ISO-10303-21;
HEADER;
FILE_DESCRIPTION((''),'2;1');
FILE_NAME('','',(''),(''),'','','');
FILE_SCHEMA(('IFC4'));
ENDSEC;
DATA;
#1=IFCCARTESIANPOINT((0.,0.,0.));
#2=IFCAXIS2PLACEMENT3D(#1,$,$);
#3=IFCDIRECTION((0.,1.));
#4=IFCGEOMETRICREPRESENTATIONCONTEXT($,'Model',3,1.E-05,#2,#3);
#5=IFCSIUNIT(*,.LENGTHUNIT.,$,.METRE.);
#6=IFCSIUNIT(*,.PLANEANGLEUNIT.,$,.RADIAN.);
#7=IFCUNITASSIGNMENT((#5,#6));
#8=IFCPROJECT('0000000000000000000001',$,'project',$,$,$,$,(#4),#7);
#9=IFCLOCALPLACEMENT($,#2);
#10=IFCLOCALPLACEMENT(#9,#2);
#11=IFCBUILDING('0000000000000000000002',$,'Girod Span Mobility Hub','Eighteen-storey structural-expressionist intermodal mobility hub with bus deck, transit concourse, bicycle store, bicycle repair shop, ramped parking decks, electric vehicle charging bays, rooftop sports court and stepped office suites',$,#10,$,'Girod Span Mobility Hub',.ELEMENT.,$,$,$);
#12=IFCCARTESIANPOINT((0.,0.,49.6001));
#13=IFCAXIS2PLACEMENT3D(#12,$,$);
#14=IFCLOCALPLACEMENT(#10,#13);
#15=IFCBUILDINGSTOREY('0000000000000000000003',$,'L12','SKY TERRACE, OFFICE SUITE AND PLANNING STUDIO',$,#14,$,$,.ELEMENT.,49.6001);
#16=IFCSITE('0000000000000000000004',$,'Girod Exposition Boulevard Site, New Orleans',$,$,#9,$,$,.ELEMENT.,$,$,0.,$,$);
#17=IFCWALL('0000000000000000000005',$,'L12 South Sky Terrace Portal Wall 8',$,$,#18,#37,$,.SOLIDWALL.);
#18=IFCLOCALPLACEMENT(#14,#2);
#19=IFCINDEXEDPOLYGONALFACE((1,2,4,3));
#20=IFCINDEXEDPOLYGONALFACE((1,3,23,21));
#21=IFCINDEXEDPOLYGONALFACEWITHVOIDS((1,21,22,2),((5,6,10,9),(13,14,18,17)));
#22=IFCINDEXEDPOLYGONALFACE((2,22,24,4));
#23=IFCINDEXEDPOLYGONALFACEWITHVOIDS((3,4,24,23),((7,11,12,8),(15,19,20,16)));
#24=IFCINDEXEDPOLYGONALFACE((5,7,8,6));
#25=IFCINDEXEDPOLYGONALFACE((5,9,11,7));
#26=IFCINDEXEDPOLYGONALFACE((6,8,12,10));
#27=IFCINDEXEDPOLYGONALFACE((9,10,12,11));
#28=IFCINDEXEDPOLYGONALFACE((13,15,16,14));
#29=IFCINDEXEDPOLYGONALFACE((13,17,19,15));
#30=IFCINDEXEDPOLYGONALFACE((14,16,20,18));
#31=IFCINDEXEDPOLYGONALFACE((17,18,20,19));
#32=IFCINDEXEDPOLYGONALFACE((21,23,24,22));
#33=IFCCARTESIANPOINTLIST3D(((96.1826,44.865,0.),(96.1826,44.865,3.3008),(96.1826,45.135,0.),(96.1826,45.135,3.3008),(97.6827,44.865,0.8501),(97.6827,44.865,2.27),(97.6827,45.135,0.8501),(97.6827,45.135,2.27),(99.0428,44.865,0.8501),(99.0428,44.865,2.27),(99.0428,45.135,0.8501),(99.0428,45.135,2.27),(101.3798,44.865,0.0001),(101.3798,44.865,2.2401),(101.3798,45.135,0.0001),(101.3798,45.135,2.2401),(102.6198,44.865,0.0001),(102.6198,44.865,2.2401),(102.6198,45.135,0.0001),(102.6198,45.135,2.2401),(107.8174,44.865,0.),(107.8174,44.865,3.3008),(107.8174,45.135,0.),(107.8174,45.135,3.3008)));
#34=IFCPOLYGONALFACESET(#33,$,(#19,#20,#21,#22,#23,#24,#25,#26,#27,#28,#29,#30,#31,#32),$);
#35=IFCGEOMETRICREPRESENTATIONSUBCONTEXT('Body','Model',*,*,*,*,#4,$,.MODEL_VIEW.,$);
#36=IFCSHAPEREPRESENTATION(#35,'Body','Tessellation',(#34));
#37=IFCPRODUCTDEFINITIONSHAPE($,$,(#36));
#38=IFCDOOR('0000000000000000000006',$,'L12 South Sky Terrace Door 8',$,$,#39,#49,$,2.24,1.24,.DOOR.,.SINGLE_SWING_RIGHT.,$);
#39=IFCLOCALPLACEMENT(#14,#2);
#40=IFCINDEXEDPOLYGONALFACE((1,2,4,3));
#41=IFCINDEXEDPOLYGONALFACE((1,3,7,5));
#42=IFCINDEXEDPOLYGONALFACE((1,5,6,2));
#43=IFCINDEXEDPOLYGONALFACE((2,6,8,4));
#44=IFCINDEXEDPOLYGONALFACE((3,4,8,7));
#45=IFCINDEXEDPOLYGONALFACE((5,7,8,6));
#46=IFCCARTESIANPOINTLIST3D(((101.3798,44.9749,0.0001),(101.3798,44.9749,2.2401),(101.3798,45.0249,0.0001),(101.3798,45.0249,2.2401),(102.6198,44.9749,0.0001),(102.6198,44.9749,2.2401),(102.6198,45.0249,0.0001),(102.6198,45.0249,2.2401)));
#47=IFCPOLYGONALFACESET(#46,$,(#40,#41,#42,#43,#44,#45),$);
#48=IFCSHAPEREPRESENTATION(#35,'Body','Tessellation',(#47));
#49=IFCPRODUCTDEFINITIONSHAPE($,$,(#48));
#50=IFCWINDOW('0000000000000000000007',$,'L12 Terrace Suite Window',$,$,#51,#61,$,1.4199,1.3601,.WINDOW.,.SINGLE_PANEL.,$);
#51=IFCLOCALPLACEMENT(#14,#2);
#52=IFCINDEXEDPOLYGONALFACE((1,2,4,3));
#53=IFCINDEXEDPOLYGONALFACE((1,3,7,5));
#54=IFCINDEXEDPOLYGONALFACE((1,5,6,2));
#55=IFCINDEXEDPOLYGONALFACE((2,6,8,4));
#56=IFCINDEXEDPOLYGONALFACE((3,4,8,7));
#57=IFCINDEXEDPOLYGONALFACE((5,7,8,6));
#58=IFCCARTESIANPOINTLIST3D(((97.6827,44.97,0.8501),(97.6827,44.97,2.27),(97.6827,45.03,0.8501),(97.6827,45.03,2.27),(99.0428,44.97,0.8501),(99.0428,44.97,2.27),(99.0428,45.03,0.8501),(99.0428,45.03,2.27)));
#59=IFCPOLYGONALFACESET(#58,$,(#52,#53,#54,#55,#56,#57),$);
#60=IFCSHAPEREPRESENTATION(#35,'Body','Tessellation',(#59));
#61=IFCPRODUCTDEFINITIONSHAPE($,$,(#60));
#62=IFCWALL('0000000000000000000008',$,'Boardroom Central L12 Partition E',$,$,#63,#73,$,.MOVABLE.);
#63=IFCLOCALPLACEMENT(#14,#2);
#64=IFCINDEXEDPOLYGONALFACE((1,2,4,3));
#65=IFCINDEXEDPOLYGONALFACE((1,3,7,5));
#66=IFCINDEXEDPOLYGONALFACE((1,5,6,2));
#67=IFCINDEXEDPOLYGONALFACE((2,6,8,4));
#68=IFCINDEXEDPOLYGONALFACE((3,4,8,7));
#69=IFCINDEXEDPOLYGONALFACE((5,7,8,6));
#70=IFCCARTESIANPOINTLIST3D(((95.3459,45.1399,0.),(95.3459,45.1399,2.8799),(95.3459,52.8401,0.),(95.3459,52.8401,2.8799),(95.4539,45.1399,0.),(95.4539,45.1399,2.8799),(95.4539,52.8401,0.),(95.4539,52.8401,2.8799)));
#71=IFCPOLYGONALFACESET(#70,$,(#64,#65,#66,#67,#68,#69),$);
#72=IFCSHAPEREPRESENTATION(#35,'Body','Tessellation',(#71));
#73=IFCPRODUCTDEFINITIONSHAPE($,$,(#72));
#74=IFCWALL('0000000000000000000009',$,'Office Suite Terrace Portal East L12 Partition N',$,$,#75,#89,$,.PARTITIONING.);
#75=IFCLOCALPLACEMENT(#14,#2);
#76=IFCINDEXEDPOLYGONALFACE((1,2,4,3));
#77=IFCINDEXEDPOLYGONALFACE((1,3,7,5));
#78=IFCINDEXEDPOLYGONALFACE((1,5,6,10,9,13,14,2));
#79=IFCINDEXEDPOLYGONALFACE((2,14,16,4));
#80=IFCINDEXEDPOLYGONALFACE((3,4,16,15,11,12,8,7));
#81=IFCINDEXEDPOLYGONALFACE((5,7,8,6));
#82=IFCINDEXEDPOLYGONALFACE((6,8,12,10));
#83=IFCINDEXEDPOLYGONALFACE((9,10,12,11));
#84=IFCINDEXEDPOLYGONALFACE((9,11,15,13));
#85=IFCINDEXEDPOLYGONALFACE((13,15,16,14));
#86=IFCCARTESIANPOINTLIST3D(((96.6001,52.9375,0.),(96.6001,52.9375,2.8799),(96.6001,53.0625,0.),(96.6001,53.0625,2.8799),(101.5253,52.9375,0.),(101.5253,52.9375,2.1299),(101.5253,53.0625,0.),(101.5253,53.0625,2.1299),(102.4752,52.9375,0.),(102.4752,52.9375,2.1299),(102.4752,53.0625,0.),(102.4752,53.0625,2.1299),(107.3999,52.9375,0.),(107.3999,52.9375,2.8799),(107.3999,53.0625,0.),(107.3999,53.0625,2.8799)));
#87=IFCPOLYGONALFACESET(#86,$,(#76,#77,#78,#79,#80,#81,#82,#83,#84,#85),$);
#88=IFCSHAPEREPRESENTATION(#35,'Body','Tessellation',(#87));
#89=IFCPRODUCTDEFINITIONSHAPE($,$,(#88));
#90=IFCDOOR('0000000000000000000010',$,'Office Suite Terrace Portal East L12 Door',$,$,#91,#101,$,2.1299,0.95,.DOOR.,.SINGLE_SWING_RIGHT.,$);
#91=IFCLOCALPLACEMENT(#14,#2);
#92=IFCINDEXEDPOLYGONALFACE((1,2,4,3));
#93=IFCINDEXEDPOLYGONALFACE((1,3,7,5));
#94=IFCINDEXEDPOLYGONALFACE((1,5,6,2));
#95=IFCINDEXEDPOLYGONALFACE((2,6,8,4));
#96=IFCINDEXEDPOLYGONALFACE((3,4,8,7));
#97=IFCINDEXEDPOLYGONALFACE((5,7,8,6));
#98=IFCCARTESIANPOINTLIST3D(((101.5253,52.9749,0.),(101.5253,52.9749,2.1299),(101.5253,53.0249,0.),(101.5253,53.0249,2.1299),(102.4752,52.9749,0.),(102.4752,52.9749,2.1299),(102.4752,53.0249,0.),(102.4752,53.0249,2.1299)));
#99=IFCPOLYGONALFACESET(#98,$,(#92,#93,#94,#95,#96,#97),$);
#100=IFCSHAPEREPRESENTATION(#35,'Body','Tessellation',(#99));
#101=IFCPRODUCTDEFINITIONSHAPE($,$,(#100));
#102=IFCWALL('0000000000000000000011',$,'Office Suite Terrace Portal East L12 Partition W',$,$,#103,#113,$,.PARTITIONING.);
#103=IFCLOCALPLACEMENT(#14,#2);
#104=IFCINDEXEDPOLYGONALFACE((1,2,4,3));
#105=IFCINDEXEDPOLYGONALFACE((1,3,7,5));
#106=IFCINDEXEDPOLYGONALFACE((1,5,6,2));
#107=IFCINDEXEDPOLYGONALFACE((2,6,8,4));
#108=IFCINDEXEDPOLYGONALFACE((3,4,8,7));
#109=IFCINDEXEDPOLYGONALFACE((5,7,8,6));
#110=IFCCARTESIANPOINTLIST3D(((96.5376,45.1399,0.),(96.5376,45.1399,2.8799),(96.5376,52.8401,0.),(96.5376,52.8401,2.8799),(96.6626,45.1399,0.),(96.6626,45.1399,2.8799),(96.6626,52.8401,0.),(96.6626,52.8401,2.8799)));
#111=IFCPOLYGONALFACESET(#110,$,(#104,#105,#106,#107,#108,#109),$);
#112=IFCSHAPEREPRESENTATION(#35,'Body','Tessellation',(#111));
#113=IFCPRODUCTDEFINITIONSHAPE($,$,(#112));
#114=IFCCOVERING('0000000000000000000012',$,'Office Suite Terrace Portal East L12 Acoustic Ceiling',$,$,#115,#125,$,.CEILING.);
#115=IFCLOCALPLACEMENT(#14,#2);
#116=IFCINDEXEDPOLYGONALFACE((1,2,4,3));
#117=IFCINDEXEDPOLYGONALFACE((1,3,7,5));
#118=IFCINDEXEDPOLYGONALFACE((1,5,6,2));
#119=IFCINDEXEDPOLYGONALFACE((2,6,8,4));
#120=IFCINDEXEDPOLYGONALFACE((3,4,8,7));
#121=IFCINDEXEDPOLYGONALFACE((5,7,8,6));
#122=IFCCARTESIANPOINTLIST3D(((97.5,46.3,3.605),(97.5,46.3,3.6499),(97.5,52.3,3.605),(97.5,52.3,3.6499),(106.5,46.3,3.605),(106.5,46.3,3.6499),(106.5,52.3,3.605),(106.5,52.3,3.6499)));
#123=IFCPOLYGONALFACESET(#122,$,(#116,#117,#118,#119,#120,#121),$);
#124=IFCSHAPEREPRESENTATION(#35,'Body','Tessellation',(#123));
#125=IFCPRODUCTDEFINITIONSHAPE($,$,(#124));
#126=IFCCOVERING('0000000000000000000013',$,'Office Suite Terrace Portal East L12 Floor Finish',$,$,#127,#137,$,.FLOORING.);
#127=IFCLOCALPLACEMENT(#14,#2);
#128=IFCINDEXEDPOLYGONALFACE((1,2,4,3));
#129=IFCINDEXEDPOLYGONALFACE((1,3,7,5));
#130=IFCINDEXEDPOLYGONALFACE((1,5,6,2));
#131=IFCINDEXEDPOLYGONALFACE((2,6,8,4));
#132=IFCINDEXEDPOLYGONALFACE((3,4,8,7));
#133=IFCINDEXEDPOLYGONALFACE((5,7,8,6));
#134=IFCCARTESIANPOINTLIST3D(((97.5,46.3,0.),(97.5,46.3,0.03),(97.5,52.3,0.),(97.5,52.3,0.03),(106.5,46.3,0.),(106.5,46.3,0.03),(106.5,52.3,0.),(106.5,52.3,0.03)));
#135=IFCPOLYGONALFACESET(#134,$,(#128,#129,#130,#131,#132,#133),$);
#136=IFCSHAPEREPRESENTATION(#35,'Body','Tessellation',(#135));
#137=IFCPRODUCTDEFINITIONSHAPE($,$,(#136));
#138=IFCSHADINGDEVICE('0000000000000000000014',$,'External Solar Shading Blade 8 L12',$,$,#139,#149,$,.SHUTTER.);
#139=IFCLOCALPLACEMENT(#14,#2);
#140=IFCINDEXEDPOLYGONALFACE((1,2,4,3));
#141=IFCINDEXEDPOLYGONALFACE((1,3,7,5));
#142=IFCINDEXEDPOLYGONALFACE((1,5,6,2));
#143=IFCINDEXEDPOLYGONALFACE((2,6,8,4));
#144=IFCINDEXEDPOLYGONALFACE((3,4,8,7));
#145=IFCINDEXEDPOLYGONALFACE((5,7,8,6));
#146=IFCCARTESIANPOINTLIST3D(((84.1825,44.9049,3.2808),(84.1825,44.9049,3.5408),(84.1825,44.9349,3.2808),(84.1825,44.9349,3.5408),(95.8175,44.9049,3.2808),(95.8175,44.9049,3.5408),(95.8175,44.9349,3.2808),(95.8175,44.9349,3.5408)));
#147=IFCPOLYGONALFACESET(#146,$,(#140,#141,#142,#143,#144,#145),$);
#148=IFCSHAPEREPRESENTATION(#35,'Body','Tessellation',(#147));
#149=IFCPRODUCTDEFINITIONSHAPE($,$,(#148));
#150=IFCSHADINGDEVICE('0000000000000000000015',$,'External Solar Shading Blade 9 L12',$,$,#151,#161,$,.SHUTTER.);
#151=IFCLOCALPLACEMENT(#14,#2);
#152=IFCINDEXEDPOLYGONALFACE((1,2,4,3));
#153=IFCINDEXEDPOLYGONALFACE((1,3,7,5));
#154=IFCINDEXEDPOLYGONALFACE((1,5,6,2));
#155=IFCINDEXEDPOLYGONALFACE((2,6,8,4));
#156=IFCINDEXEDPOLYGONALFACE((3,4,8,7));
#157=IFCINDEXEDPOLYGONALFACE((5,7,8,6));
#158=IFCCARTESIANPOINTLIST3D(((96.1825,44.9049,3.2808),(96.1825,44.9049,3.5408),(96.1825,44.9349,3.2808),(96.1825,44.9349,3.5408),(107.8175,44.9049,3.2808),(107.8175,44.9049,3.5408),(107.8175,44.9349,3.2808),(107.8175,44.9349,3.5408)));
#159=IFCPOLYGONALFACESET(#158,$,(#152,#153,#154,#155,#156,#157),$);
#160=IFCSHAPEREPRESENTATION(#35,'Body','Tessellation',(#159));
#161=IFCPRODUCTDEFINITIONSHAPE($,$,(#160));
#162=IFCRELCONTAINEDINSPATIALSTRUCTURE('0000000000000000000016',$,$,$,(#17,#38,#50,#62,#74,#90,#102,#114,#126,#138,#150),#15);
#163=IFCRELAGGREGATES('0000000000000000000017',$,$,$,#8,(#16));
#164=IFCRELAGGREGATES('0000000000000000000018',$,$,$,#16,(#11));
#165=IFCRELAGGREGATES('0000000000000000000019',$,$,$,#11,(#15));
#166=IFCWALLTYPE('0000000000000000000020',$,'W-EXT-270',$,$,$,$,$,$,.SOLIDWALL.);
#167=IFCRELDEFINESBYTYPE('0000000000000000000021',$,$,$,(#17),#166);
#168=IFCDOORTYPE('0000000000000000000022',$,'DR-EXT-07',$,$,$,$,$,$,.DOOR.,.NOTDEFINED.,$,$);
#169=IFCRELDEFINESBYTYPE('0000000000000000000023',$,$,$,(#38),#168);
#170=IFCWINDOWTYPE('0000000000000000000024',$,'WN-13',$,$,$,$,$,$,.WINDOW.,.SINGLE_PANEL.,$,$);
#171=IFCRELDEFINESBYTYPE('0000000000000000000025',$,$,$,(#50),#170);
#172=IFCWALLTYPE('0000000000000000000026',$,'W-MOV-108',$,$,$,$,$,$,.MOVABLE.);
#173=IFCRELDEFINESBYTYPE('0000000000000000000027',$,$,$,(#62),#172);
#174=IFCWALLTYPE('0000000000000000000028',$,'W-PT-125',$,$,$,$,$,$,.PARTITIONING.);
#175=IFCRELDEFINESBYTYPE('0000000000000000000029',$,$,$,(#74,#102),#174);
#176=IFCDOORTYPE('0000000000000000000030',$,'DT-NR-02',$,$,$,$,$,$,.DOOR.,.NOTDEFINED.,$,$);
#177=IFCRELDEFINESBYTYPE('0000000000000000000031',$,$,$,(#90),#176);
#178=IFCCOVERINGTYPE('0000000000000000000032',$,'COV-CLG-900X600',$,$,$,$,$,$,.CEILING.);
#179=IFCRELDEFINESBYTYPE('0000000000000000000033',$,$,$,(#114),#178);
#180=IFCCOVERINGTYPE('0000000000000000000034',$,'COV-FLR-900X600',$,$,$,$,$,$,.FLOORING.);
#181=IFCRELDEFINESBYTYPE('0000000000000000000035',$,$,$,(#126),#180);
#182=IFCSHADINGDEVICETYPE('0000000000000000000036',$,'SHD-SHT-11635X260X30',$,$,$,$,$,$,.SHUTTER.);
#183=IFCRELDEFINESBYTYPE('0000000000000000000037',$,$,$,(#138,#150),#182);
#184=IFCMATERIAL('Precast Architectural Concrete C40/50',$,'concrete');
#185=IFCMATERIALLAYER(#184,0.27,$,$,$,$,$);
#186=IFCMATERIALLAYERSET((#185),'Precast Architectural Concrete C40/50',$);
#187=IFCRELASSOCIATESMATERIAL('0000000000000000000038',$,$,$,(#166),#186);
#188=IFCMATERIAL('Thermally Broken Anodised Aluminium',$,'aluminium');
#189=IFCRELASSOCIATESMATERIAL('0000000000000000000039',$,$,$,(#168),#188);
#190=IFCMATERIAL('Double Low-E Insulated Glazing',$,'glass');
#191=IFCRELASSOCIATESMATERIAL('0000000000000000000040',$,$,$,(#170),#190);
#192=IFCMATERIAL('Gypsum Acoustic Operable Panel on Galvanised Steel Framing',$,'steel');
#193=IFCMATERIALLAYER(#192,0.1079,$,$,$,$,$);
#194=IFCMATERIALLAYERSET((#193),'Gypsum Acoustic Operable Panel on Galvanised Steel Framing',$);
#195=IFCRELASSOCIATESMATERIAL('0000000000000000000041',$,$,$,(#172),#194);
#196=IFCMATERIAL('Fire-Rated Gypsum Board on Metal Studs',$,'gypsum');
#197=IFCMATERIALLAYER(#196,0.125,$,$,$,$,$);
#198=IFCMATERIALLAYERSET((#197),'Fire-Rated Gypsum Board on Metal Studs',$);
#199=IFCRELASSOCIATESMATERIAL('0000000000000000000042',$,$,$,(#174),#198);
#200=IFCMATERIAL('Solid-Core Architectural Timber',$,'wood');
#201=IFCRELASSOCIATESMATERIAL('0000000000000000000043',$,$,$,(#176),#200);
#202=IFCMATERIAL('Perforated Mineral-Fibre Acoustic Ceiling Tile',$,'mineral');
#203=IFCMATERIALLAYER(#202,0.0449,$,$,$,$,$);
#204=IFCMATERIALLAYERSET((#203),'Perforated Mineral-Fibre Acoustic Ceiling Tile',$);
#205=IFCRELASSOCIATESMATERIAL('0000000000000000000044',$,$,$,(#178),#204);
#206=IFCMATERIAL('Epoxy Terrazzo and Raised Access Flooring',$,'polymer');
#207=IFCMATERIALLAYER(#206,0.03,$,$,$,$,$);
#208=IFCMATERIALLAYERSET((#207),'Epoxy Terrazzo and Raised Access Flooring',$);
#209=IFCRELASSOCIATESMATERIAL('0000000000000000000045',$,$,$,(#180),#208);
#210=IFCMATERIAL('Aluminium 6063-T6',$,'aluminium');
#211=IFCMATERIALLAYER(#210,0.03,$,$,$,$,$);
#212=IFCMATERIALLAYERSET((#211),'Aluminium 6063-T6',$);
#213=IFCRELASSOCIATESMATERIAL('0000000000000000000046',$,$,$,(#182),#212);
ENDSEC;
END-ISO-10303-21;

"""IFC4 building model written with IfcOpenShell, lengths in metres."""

from ifc_helpers import new_model, si_unit, direction, frame, frame_2d, origin, origin_2d, place, context, subcontext, project, spatial, rectangle, extrude, material, layer, layer_set, type_object, element, fill, save


model = new_model("IFC4")

# Units and contexts
model_context = context("Model", 3, precision=1e-05, world=origin(), true_north=direction((0.0, 1.0)))
body_context = subcontext(model_context, "Body", "Model", "MODEL_VIEW")
ifc_project = project(units=[si_unit("LENGTHUNIT", "METRE"), si_unit("PLANEANGLEUNIT", "RADIAN")], contexts=[model_context])

# Site, building, storey
site_placement = place(None, origin())
site = spatial("IfcSite", under=ifc_project, at=site_placement, Name="Girod Exposition Boulevard Site, New Orleans", CompositionType="ELEMENT", RefElevation=0.0)
building_placement = place(site_placement, origin())
building = spatial("IfcBuilding", under=site, at=building_placement, Name="Girod Span Mobility Hub", Description="Eighteen-storey structural-expressionist intermodal mobility hub with bus deck, transit concourse, bicycle store, bicycle repair shop, ramped parking decks, electric vehicle charging bays, rooftop sports court and stepped office suites", LongName="Girod Span Mobility Hub", CompositionType="ELEMENT")
storey_placement = place(building_placement, frame((0.0, 0.0, 49.6001)))
storey = spatial("IfcBuildingStorey", under=building, at=storey_placement, Name="L12", Description="SKY TERRACE, OFFICE SUITE AND PLANNING STUDIO", CompositionType="ELEMENT", Elevation=49.6001)

# Wall, openings, door, window
ifc_material_1 = material(Name="Precast Architectural Concrete C40/50", Category="concrete")
ifc_layer_1 = layer(ifc_material_1, 0.27)
ifc_layer_set_1 = layer_set([ifc_layer_1], Name="Precast Architectural Concrete C40/50")
wall_type_1 = type_object("IfcWallType", Name="W-EXT-270", PredefinedType="SOLIDWALL", material=ifc_layer_set_1)
wall_1_placement = place(storey_placement, frame((96.1826, 45.0, 0.0), z_axis=(0.0, 0.0, 1.0), x_axis=(1.0, 0.0, 0.0)))
wall_1 = element("IfcWall", 1, at=wall_1_placement, inside=storey, type_object=wall_type_1, Name="L12 South Sky Terrace Portal Wall 8", PredefinedType="SOLIDWALL", context=body_context, shape_type="SweptSolid", body=[
    extrude(rectangle(XDim=11.6348, YDim=0.27, at=frame_2d((5.8174, 0.0))), origin(), (0.0, 0.0, 1.0), 3.3008),
])
opening_1_placement = place(wall_1_placement, frame((5.197, 0.0, 0.0)))
opening_1 = element("IfcOpeningElement", 2, at=opening_1_placement, cuts=wall_1, PredefinedType="OPENING", context=body_context, shape_type="SweptSolid", body=[
    extrude(rectangle(XDim=1.24, YDim=2.24, at=frame_2d((0.6201, 1.1201))), frame((0.0, 0.1499, 0.0), z_axis=(0.0, -1.0, 0.0), x_axis=(1.0, 0.0, 0.0)), (0.0, 0.0, 1.0), 0.3),
])
opening_2_placement = place(wall_1_placement, frame((1.5, 0.0, 0.8501)))
opening_2 = element("IfcOpeningElement", 3, at=opening_2_placement, cuts=wall_1, PredefinedType="OPENING", context=body_context, shape_type="SweptSolid", body=[
    extrude(rectangle(XDim=1.3601, YDim=1.4199, at=frame_2d((0.6802, 0.71))), frame((0.0, 0.1499, 0.0), z_axis=(0.0, -1.0, 0.0), x_axis=(1.0, 0.0, 0.0)), (0.0, 0.0, 1.0), 0.3),
])
ifc_material_2 = material(Name="Thermally Broken Anodised Aluminium", Category="aluminium")
door_type_1 = type_object("IfcDoorType", Name="DR-EXT-07", OperationType="NOTDEFINED", PredefinedType="DOOR", material=ifc_material_2)
door_1_placement = place(opening_1_placement, origin())
door_1 = element("IfcDoor", 4, at=door_1_placement, inside=storey, type_object=door_type_1, Name="L12 South Sky Terrace Door 8", OperationType="SINGLE_SWING_RIGHT", OverallHeight=2.24, OverallWidth=1.24, PredefinedType="DOOR", context=body_context, shape_type="SweptSolid", body=[
    extrude(rectangle(XDim=1.24, YDim=2.24, at=frame_2d((0.6201, 1.1201))), frame((0.0, 0.0249, 0.0), z_axis=(0.0, -1.0, 0.0), x_axis=(1.0, 0.0, 0.0)), (0.0, 0.0, 1.0), 0.05),
])
fill(opening_1, door_1)
ifc_material_3 = material(Name="Double Low-E Insulated Glazing", Category="glass")
window_type = type_object("IfcWindowType", Name="WN-13", PartitioningType="SINGLE_PANEL", PredefinedType="WINDOW", material=ifc_material_3)
window_placement = place(opening_2_placement, origin())
window = element("IfcWindow", 5, at=window_placement, inside=storey, type_object=window_type, Name="L12 Terrace Suite Window", OverallHeight=1.4199, OverallWidth=1.3601, PartitioningType="SINGLE_PANEL", PredefinedType="WINDOW", context=body_context, shape_type="SweptSolid", body=[
    extrude(rectangle(XDim=1.3601, YDim=1.4199, at=frame_2d((0.6802, 0.71))), frame((0.0, 0.03, 0.0), z_axis=(0.0, -1.0, 0.0), x_axis=(1.0, 0.0, 0.0)), (0.0, 0.0, 1.0), 0.0601),
])
fill(opening_2, window)

# Wall
ifc_material_4 = material(Name="Gypsum Acoustic Operable Panel on Galvanised Steel Framing", Category="steel")
ifc_layer_2 = layer(ifc_material_4, 0.1079)
ifc_layer_set_2 = layer_set([ifc_layer_2], Name="Gypsum Acoustic Operable Panel on Galvanised Steel Framing")
wall_type_2 = type_object("IfcWallType", Name="W-MOV-108", PredefinedType="MOVABLE", material=ifc_layer_set_2)
wall_2_placement = place(storey_placement, frame((95.3999, 45.1399, 0.0), z_axis=(0.0, 0.0, 1.0), x_axis=(0.0, 1.0, 0.0)))
element("IfcWall", 6, at=wall_2_placement, inside=storey, type_object=wall_type_2, Name="Boardroom Central L12 Partition E", PredefinedType="MOVABLE", context=body_context, shape_type="SweptSolid", body=[
    extrude(rectangle(XDim=7.7002, YDim=0.1079, at=frame_2d((3.8501, 0.0))), origin(), (0.0, 0.0, 1.0), 2.8799),
])

# Wall, opening, door
ifc_material_5 = material(Name="Fire-Rated Gypsum Board on Metal Studs", Category="gypsum")
ifc_layer_3 = layer(ifc_material_5, 0.125)
ifc_layer_set_3 = layer_set([ifc_layer_3], Name="Fire-Rated Gypsum Board on Metal Studs")
wall_type_3 = type_object("IfcWallType", Name="W-PT-125", PredefinedType="PARTITIONING", material=ifc_layer_set_3)
wall_3_placement = place(storey_placement, frame((96.6001, 53.0, 0.0), z_axis=(0.0, 0.0, 1.0), x_axis=(1.0, 0.0, 0.0)))
wall_3 = element("IfcWall", 7, at=wall_3_placement, inside=storey, type_object=wall_type_3, Name="Office Suite Terrace Portal East L12 Partition N", PredefinedType="PARTITIONING", context=body_context, shape_type="SweptSolid", body=[
    extrude(rectangle(XDim=10.7998, YDim=0.125, at=frame_2d((5.3999, 0.0))), origin(), (0.0, 0.0, 1.0), 2.8799),
])
opening_3_placement = place(wall_3_placement, frame((4.925, 0.0, 0.0)))
opening_3 = element("IfcOpeningElement", 8, at=opening_3_placement, cuts=wall_3, PredefinedType="OPENING", context=body_context, shape_type="SweptSolid", body=[
    extrude(rectangle(XDim=0.95, YDim=2.1299, at=frame_2d((0.4751, 1.0649))), frame((0.0, 0.0774, 0.0), z_axis=(0.0, -1.0, 0.0), x_axis=(1.0, 0.0, 0.0)), (0.0, 0.0, 1.0), 0.155),
])
ifc_material_6 = material(Name="Solid-Core Architectural Timber", Category="wood")
door_type_2 = type_object("IfcDoorType", Name="DT-NR-02", OperationType="NOTDEFINED", PredefinedType="DOOR", material=ifc_material_6)
door_2_placement = place(opening_3_placement, origin())
door_2 = element("IfcDoor", 9, at=door_2_placement, inside=storey, type_object=door_type_2, Name="Office Suite Terrace Portal East L12 Door", OperationType="SINGLE_SWING_RIGHT", OverallHeight=2.1299, OverallWidth=0.95, PredefinedType="DOOR", context=body_context, shape_type="SweptSolid", body=[
    extrude(rectangle(XDim=0.95, YDim=2.1299, at=frame_2d((0.4751, 1.0649))), frame((0.0, 0.0249, 0.0), z_axis=(0.0, -1.0, 0.0), x_axis=(1.0, 0.0, 0.0)), (0.0, 0.0, 1.0), 0.05),
])
fill(opening_3, door_2)

# Wall
wall_4_placement = place(storey_placement, frame((96.6001, 45.1399, 0.0), z_axis=(0.0, 0.0, 1.0), x_axis=(0.0, 1.0, 0.0)))
element("IfcWall", 10, at=wall_4_placement, inside=storey, type_object=wall_type_3, Name="Office Suite Terrace Portal East L12 Partition W", PredefinedType="PARTITIONING", context=body_context, shape_type="SweptSolid", body=[
    extrude(rectangle(XDim=7.7002, YDim=0.125, at=frame_2d((3.8501, 0.0))), origin(), (0.0, 0.0, 1.0), 2.8799),
])

# Coverings
ifc_material_7 = material(Name="Perforated Mineral-Fibre Acoustic Ceiling Tile", Category="mineral")
ifc_layer_4 = layer(ifc_material_7, 0.0449)
ifc_layer_set_4 = layer_set([ifc_layer_4], Name="Perforated Mineral-Fibre Acoustic Ceiling Tile")
covering_type_1 = type_object("IfcCoveringType", Name="COV-CLG-900X600", PredefinedType="CEILING", material=ifc_layer_set_4)
covering_1_placement = place(storey_placement, frame((102.0, 49.3, 3.605), z_axis=(0.0, 0.0, 1.0), x_axis=(1.0, 0.0, 0.0)))
element("IfcCovering", 11, at=covering_1_placement, inside=storey, type_object=covering_type_1, Name="Office Suite Terrace Portal East L12 Acoustic Ceiling", PredefinedType="CEILING", context=body_context, shape_type="SweptSolid", body=[
    extrude(rectangle(XDim=9.0, YDim=6.0, at=origin_2d()), origin(), (0.0, 0.0, 1.0), 0.0449),
])
ifc_material_8 = material(Name="Epoxy Terrazzo and Raised Access Flooring", Category="polymer")
ifc_layer_5 = layer(ifc_material_8, 0.03)
ifc_layer_set_5 = layer_set([ifc_layer_5], Name="Epoxy Terrazzo and Raised Access Flooring")
covering_type_2 = type_object("IfcCoveringType", Name="COV-FLR-900X600", PredefinedType="FLOORING", material=ifc_layer_set_5)
covering_2_placement = place(storey_placement, frame((102.0, 49.3, 0.0), z_axis=(0.0, 0.0, 1.0), x_axis=(1.0, 0.0, 0.0)))
element("IfcCovering", 12, at=covering_2_placement, inside=storey, type_object=covering_type_2, Name="Office Suite Terrace Portal East L12 Floor Finish", PredefinedType="FLOORING", context=body_context, shape_type="SweptSolid", body=[
    extrude(rectangle(XDim=9.0, YDim=6.0, at=origin_2d()), origin(), (0.0, 0.0, 1.0), 0.03),
])

# Shading devices
ifc_material_9 = material(Name="Aluminium 6063-T6", Category="aluminium")
ifc_layer_6 = layer(ifc_material_9, 0.03)
ifc_layer_set_6 = layer_set([ifc_layer_6], Name="Aluminium 6063-T6")
shading_device_type = type_object("IfcShadingDeviceType", Name="SHD-SHT-11635X260X30", PredefinedType="SHUTTER", material=ifc_layer_set_6)
for number, where, z_axis, x_axis, name in (
    (13, (90.0, 44.9199, 3.2808), (0.0, 0.0, 1.0), (1.0, 0.0, 0.0), "External Solar Shading Blade 8 L12"),
    (14, (102.0, 44.9199, 3.2808), (0.0, 0.0, 1.0), (1.0, 0.0, 0.0), "External Solar Shading Blade 9 L12"),
):
    element("IfcShadingDevice", number, at=place(storey_placement, frame(where, z_axis=z_axis, x_axis=x_axis)), inside=storey, type_object=shading_device_type, Name=name, PredefinedType="SHUTTER", context=body_context, shape_type="SweptSolid", body=[
        extrude(rectangle(XDim=11.635, YDim=0.03, at=origin_2d()), origin(), (0.0, 0.0, 1.0), 0.26),
    ])

save(model, "model.ifc")
